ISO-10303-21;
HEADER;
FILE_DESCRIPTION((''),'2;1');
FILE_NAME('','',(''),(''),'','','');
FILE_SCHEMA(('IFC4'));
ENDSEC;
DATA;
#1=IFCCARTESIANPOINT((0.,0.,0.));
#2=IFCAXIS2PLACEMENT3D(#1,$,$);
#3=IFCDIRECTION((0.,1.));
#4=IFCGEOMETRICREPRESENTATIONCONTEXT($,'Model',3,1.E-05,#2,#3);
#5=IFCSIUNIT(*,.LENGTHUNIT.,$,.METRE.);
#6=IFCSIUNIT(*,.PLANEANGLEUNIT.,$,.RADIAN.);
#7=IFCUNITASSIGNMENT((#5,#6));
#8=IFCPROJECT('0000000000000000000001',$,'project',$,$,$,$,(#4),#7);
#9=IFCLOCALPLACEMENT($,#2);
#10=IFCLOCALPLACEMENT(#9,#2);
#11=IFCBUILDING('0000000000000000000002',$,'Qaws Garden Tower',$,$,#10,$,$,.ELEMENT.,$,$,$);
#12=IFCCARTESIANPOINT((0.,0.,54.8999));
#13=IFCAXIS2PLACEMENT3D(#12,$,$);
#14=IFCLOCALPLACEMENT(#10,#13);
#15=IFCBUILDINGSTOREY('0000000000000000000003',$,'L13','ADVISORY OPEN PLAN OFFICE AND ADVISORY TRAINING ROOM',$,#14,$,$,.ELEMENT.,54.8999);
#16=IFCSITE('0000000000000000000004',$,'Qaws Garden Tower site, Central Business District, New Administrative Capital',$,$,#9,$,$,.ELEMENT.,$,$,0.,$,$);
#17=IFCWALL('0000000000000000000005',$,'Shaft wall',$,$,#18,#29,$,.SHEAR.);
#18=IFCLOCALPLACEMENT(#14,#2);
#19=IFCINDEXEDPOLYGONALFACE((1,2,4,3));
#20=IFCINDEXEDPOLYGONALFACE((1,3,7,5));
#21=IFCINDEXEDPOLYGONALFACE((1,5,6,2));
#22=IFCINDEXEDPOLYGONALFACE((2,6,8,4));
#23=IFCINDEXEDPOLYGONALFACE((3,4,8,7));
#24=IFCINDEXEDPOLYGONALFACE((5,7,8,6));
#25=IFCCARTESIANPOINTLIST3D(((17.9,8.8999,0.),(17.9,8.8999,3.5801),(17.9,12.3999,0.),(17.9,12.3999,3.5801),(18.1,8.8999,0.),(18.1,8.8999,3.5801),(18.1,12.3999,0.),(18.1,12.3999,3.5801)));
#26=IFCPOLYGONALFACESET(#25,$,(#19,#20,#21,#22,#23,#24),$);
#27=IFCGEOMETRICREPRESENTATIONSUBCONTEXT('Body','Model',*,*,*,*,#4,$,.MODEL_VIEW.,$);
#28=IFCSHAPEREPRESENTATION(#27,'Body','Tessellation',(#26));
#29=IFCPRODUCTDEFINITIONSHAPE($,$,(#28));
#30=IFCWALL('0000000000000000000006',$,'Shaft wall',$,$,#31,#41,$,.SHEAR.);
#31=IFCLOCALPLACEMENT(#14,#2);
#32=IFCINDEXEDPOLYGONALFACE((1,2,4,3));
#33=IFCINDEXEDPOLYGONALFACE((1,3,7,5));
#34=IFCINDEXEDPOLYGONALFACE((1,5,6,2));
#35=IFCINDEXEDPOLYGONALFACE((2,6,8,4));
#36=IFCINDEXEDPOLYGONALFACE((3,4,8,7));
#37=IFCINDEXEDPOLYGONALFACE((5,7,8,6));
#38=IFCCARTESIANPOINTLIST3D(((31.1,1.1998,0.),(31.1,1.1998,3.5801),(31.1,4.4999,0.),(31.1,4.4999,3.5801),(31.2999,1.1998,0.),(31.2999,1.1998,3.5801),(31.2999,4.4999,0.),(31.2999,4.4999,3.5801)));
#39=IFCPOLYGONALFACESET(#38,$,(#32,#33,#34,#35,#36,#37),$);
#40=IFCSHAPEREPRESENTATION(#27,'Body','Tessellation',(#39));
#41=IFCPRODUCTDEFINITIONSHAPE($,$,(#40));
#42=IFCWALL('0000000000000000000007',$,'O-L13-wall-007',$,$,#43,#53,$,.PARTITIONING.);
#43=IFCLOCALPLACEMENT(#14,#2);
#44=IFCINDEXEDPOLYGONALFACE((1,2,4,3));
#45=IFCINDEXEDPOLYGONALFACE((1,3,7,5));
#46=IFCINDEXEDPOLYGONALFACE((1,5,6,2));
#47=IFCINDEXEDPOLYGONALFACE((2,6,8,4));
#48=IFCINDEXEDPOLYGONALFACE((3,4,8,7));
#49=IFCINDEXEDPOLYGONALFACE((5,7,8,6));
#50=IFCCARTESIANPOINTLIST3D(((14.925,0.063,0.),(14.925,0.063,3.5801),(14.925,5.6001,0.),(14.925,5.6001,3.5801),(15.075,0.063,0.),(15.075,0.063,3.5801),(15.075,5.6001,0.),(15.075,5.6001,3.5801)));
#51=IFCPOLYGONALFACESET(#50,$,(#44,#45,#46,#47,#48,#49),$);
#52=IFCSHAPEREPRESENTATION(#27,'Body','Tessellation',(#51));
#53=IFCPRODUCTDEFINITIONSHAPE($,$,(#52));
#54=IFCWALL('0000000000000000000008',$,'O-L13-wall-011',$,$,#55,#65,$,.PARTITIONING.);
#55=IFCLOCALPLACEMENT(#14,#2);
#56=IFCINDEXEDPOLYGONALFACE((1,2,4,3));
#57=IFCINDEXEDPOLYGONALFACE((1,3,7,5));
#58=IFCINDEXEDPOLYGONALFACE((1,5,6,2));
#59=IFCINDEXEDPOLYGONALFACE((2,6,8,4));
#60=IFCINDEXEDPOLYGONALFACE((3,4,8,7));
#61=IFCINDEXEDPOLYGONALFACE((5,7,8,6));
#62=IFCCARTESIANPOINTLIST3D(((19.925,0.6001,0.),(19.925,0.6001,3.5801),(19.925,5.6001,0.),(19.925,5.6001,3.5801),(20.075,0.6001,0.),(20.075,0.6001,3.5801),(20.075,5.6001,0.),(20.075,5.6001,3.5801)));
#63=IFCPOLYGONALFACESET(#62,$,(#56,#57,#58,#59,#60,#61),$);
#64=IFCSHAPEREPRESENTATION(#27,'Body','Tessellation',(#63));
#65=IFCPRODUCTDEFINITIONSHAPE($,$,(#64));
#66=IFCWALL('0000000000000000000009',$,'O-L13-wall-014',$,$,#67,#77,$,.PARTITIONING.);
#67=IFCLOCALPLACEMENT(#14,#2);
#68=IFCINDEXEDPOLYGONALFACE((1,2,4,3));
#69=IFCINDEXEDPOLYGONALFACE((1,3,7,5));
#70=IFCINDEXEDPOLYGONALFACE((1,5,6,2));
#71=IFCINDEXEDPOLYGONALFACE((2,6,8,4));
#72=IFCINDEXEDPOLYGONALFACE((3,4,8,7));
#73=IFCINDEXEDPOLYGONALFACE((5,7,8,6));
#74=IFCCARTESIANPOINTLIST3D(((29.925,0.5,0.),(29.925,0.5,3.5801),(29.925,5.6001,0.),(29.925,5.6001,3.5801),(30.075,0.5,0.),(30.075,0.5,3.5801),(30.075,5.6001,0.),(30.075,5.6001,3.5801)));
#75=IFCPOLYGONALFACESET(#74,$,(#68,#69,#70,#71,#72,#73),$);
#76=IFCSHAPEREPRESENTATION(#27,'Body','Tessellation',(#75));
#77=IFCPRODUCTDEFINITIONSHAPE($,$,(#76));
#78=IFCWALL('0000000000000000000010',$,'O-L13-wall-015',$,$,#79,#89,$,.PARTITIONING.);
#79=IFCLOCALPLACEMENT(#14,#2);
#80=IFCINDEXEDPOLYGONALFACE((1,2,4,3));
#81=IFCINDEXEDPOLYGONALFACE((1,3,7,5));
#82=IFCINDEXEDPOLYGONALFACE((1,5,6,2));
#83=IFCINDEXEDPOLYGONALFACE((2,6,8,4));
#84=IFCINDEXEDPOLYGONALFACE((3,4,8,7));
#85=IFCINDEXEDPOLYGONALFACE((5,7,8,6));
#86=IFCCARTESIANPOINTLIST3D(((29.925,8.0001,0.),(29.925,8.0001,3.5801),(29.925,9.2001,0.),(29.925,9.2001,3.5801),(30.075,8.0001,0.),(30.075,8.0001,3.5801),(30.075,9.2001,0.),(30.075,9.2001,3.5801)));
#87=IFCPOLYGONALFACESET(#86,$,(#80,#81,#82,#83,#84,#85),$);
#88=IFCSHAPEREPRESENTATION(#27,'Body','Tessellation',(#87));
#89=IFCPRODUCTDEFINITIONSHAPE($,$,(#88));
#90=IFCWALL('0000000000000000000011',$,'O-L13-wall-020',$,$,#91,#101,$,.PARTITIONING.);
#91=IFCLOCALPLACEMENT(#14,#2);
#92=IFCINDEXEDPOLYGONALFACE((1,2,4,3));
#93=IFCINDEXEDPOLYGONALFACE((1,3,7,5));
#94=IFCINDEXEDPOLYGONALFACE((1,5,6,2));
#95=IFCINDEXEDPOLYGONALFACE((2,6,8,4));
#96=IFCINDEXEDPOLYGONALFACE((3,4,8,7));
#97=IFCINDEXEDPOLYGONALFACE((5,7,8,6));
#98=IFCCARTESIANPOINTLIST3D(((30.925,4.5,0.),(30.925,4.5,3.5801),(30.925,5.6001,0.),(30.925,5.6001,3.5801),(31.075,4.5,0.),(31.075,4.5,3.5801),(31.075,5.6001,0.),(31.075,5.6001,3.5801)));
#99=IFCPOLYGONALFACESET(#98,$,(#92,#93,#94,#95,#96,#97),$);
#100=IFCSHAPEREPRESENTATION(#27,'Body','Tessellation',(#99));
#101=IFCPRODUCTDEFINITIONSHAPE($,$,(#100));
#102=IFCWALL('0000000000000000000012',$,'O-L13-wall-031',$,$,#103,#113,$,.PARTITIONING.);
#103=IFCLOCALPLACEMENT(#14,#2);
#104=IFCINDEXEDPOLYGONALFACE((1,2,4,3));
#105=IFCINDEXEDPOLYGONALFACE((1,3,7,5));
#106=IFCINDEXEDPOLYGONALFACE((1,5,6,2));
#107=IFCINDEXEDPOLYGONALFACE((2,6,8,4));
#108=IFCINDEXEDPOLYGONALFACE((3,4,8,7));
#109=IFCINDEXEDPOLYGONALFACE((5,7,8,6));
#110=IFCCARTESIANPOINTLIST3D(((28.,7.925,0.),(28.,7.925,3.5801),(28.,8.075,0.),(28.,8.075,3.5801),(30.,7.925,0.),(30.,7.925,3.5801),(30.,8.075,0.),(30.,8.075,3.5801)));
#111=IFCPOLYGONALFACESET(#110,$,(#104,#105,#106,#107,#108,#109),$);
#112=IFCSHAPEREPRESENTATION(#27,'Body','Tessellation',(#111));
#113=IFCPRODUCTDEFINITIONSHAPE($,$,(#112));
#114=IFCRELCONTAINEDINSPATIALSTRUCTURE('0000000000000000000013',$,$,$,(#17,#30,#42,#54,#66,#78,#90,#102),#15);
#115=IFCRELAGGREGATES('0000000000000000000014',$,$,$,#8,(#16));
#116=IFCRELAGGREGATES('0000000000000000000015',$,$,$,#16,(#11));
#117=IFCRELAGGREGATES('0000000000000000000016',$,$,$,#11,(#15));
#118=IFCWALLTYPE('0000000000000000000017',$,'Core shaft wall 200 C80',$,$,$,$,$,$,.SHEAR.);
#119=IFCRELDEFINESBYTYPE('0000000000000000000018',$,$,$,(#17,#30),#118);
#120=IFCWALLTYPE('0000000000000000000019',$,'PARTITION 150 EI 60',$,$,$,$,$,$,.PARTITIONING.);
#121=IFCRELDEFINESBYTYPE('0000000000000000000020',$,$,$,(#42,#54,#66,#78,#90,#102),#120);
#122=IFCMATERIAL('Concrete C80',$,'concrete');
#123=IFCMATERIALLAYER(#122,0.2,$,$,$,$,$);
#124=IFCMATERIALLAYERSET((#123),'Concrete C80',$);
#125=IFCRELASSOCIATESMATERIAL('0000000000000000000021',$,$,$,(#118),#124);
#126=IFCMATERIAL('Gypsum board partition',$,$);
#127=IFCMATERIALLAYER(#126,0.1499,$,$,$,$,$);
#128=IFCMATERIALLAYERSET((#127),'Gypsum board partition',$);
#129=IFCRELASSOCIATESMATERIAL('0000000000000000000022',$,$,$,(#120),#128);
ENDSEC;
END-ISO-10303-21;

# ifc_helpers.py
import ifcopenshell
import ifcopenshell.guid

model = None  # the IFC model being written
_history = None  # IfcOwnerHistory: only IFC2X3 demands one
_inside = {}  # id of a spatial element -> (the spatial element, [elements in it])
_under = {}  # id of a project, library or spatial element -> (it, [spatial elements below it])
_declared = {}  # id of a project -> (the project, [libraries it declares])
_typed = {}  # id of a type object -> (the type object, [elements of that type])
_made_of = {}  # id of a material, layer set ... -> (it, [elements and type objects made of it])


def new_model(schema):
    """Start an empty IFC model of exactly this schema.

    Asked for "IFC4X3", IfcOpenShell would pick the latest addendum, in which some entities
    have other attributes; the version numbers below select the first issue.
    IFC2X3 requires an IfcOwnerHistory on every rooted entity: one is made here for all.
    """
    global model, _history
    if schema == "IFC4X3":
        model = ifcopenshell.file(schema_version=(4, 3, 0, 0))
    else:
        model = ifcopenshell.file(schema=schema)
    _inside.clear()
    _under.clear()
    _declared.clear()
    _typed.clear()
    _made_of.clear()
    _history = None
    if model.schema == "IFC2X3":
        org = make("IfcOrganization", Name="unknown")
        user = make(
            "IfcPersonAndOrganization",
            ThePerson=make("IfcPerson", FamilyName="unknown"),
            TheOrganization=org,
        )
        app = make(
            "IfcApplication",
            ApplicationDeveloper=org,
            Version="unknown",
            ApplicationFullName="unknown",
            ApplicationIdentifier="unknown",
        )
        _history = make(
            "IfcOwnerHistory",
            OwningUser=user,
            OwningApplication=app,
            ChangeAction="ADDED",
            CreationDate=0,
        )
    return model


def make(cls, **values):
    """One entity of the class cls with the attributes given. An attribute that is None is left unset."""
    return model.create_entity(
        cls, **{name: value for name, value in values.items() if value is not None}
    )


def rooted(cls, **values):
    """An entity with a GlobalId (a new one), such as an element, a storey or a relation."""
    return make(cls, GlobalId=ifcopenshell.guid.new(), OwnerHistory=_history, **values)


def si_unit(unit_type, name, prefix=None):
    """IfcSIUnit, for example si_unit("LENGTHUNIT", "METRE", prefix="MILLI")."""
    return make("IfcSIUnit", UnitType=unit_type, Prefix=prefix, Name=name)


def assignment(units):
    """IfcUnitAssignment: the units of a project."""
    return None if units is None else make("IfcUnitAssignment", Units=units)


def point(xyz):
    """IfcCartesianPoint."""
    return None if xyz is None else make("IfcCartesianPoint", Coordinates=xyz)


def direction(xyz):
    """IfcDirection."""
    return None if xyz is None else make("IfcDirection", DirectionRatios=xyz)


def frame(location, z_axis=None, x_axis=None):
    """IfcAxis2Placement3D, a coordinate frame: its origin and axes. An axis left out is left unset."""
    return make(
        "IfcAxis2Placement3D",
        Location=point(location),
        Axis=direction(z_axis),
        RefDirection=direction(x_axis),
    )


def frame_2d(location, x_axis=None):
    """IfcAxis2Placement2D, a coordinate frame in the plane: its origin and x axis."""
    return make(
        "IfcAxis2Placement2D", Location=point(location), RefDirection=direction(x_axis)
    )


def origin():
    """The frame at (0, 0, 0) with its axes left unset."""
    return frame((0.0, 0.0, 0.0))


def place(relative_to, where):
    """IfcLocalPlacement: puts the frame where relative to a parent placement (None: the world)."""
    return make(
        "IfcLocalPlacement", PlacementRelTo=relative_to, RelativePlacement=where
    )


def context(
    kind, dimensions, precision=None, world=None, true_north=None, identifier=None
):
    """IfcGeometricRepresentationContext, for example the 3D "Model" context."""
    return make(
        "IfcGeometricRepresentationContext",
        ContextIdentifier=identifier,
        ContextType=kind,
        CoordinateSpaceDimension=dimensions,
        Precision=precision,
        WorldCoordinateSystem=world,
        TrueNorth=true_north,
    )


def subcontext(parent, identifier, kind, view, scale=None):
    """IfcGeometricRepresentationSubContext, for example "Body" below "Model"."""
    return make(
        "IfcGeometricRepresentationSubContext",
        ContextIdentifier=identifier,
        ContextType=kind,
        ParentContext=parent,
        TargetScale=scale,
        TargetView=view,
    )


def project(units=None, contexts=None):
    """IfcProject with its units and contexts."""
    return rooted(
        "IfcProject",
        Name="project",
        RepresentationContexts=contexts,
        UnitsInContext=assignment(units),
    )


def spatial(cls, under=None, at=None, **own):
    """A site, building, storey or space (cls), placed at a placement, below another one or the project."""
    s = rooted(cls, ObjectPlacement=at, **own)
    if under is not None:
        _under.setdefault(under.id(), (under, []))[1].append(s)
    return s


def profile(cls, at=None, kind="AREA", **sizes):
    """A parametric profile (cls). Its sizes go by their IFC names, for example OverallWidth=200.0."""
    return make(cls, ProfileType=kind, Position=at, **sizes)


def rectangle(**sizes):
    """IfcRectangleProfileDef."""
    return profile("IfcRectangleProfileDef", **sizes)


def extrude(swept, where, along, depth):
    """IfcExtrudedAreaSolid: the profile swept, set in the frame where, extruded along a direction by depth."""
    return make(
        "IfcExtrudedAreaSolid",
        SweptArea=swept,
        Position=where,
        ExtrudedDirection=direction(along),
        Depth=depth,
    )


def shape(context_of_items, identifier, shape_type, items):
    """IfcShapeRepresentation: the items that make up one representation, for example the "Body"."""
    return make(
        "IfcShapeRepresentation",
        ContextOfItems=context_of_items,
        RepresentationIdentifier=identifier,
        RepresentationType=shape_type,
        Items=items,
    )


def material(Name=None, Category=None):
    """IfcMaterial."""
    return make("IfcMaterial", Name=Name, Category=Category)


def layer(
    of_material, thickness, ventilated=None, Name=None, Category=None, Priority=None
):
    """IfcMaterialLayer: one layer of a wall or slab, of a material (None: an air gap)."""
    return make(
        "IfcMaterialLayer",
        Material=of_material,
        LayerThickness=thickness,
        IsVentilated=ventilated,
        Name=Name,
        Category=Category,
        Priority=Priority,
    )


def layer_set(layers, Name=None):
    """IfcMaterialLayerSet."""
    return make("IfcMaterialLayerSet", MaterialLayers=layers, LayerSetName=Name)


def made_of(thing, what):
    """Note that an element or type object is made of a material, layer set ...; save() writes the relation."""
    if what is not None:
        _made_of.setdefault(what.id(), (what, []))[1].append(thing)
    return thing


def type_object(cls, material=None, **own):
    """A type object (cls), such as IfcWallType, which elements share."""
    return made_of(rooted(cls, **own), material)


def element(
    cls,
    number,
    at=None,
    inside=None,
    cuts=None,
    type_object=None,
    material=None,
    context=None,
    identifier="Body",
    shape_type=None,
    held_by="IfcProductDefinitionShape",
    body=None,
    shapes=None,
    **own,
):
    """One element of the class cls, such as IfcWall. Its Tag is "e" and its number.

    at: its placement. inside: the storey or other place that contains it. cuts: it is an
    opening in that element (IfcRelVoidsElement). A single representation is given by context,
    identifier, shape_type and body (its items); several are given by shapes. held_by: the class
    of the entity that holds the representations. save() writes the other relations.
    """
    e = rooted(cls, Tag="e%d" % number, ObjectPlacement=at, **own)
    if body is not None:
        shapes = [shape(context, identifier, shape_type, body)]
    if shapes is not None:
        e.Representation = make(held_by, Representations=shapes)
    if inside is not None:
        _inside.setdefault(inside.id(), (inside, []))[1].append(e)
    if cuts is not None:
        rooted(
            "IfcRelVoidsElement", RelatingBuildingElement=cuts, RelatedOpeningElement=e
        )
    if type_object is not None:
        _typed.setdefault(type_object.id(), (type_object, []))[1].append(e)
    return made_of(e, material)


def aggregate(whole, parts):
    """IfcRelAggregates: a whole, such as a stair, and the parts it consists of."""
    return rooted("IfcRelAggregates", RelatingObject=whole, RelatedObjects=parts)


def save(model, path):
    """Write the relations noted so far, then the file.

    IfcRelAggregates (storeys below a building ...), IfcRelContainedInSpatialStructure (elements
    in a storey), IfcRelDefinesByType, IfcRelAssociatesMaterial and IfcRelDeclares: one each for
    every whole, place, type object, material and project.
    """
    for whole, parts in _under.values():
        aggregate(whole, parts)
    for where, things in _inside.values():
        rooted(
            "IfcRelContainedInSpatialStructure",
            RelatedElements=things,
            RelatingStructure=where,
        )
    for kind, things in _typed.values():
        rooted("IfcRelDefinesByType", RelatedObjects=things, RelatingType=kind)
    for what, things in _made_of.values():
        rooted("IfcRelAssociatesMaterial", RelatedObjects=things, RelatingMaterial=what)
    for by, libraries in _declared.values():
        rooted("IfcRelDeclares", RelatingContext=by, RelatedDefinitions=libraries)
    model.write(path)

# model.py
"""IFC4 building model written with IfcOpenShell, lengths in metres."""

from ifc_helpers import new_model, si_unit, direction, frame, frame_2d, origin, place, context, subcontext, project, spatial, rectangle, extrude, material, layer, layer_set, type_object, element, save


model = new_model("IFC4")

# Units and contexts
model_context = context("Model", 3, precision=1e-05, world=origin(), true_north=direction((0.0, 1.0)))
body_context = subcontext(model_context, "Body", "Model", "MODEL_VIEW")
ifc_project = project(units=[si_unit("LENGTHUNIT", "METRE"), si_unit("PLANEANGLEUNIT", "RADIAN")], contexts=[model_context])

# Site, building, storey
site_placement = place(None, origin())
site = spatial("IfcSite", under=ifc_project, at=site_placement, Name="Qaws Garden Tower site, Central Business District, New Administrative Capital", CompositionType="ELEMENT", RefElevation=0.0)
building_placement = place(site_placement, origin())
building = spatial("IfcBuilding", under=site, at=building_placement, Name="Qaws Garden Tower", CompositionType="ELEMENT")
storey_placement = place(building_placement, frame((0.0, 0.0, 54.8999)))
storey = spatial("IfcBuildingStorey", under=building, at=storey_placement, Name="L13", Description="ADVISORY OPEN PLAN OFFICE AND ADVISORY TRAINING ROOM", CompositionType="ELEMENT", Elevation=54.8999)

# Walls
ifc_material_1 = material(Name="Concrete C80", Category="concrete")
ifc_layer_1 = layer(ifc_material_1, 0.2)
ifc_layer_set_1 = layer_set([ifc_layer_1], Name="Concrete C80")
wall_type_1 = type_object("IfcWallType", Name="Core shaft wall 200 C80", PredefinedType="SHEAR", material=ifc_layer_set_1)
for number, where, z_axis, x_axis, name in (
    (1, (18.0, 8.8999, 0.0), (0.0, 0.0, 1.0), (0.0, 1.0, 0.0), "Shaft wall"),
):
    element("IfcWall", number, at=place(storey_placement, frame(where, z_axis=z_axis, x_axis=x_axis)), inside=storey, type_object=wall_type_1, Name=name, PredefinedType="SHEAR", context=body_context, shape_type="SweptSolid", body=[
        extrude(rectangle(XDim=3.5, YDim=0.2, at=frame_2d((1.75, 0.0))), origin(), (0.0, 0.0, 1.0), 3.5801),
    ])
wall_1_placement = place(storey_placement, frame((31.2, 1.2, 0.0), z_axis=(0.0, 0.0, 1.0), x_axis=(0.0, 1.0, 0.0)))
element("IfcWall", 2, at=wall_1_placement, inside=storey, type_object=wall_type_1, Name="Shaft wall", PredefinedType="SHEAR", context=body_context, shape_type="SweptSolid", body=[
    extrude(rectangle(XDim=3.3, YDim=0.2, at=frame_2d((1.6499, 0.0))), origin(), (0.0, 0.0, 1.0), 3.5801),
])
ifc_material_2 = material(Name="Gypsum board partition")
ifc_layer_2 = layer(ifc_material_2, 0.1499)
ifc_layer_set_2 = layer_set([ifc_layer_2], Name="Gypsum board partition")
wall_type_2 = type_object("IfcWallType", Name="PARTITION 150 EI 60", PredefinedType="PARTITIONING", material=ifc_layer_set_2)
wall_2_placement = place(storey_placement, frame((15.0, 0.063, 0.0), z_axis=(0.0, 0.0, 1.0), x_axis=(0.0, 1.0, 0.0)))
element("IfcWall", 3, at=wall_2_placement, inside=storey, type_object=wall_type_2, Name="O-L13-wall-007", PredefinedType="PARTITIONING", context=body_context, shape_type="SweptSolid", body=[
    extrude(rectangle(XDim=5.5371, YDim=0.1499, at=frame_2d((2.7686, 0.0))), origin(), (0.0, 0.0, 1.0), 3.5801),
])
wall_3_placement = place(storey_placement, frame((20.0, 0.6001, 0.0), z_axis=(0.0, 0.0, 1.0), x_axis=(0.0, 1.0, 0.0)))
element("IfcWall", 4, at=wall_3_placement, inside=storey, type_object=wall_type_2, Name="O-L13-wall-011", PredefinedType="PARTITIONING", context=body_context, shape_type="SweptSolid", body=[
    extrude(rectangle(XDim=5.0, YDim=0.1499, at=frame_2d((2.5, 0.0))), origin(), (0.0, 0.0, 1.0), 3.5801),
])
wall_4_placement = place(storey_placement, frame((30.0, 0.5, 0.0), z_axis=(0.0, 0.0, 1.0), x_axis=(0.0, 1.0, 0.0)))
element("IfcWall", 5, at=wall_4_placement, inside=storey, type_object=wall_type_2, Name="O-L13-wall-014", PredefinedType="PARTITIONING", context=body_context, shape_type="SweptSolid", body=[
    extrude(rectangle(XDim=5.1001, YDim=0.1499, at=frame_2d((2.55, 0.0))), origin(), (0.0, 0.0, 1.0), 3.5801),
])
wall_5_placement = place(storey_placement, frame((30.0, 8.0, 0.0), z_axis=(0.0, 0.0, 1.0), x_axis=(0.0, 1.0, 0.0)))
element("IfcWall", 6, at=wall_5_placement, inside=storey, type_object=wall_type_2, Name="O-L13-wall-015", PredefinedType="PARTITIONING", context=body_context, shape_type="SweptSolid", body=[
    extrude(rectangle(XDim=1.2, YDim=0.1499, at=frame_2d((0.6001, 0.0))), origin(), (0.0, 0.0, 1.0), 3.5801),
])
wall_6_placement = place(storey_placement, frame((31.0, 4.5, 0.0), z_axis=(0.0, 0.0, 1.0), x_axis=(0.0, 1.0, 0.0)))
element("IfcWall", 7, at=wall_6_placement, inside=storey, type_object=wall_type_2, Name="O-L13-wall-020", PredefinedType="PARTITIONING", context=body_context, shape_type="SweptSolid", body=[
    extrude(rectangle(XDim=1.1001, YDim=0.1499, at=frame_2d((0.55, 0.0))), origin(), (0.0, 0.0, 1.0), 3.5801),
])
wall_7_placement = place(storey_placement, frame((28.0, 8.0, 0.0), z_axis=(0.0, 0.0, 1.0), x_axis=(1.0, 0.0, 0.0)))
element("IfcWall", 8, at=wall_7_placement, inside=storey, type_object=wall_type_2, Name="O-L13-wall-031", PredefinedType="PARTITIONING", context=body_context, shape_type="SweptSolid", body=[
    extrude(rectangle(XDim=2.0, YDim=0.1499, at=frame_2d((1.0, 0.0))), origin(), (0.0, 0.0, 1.0), 3.5801),
])

save(model, "model.ifc")
